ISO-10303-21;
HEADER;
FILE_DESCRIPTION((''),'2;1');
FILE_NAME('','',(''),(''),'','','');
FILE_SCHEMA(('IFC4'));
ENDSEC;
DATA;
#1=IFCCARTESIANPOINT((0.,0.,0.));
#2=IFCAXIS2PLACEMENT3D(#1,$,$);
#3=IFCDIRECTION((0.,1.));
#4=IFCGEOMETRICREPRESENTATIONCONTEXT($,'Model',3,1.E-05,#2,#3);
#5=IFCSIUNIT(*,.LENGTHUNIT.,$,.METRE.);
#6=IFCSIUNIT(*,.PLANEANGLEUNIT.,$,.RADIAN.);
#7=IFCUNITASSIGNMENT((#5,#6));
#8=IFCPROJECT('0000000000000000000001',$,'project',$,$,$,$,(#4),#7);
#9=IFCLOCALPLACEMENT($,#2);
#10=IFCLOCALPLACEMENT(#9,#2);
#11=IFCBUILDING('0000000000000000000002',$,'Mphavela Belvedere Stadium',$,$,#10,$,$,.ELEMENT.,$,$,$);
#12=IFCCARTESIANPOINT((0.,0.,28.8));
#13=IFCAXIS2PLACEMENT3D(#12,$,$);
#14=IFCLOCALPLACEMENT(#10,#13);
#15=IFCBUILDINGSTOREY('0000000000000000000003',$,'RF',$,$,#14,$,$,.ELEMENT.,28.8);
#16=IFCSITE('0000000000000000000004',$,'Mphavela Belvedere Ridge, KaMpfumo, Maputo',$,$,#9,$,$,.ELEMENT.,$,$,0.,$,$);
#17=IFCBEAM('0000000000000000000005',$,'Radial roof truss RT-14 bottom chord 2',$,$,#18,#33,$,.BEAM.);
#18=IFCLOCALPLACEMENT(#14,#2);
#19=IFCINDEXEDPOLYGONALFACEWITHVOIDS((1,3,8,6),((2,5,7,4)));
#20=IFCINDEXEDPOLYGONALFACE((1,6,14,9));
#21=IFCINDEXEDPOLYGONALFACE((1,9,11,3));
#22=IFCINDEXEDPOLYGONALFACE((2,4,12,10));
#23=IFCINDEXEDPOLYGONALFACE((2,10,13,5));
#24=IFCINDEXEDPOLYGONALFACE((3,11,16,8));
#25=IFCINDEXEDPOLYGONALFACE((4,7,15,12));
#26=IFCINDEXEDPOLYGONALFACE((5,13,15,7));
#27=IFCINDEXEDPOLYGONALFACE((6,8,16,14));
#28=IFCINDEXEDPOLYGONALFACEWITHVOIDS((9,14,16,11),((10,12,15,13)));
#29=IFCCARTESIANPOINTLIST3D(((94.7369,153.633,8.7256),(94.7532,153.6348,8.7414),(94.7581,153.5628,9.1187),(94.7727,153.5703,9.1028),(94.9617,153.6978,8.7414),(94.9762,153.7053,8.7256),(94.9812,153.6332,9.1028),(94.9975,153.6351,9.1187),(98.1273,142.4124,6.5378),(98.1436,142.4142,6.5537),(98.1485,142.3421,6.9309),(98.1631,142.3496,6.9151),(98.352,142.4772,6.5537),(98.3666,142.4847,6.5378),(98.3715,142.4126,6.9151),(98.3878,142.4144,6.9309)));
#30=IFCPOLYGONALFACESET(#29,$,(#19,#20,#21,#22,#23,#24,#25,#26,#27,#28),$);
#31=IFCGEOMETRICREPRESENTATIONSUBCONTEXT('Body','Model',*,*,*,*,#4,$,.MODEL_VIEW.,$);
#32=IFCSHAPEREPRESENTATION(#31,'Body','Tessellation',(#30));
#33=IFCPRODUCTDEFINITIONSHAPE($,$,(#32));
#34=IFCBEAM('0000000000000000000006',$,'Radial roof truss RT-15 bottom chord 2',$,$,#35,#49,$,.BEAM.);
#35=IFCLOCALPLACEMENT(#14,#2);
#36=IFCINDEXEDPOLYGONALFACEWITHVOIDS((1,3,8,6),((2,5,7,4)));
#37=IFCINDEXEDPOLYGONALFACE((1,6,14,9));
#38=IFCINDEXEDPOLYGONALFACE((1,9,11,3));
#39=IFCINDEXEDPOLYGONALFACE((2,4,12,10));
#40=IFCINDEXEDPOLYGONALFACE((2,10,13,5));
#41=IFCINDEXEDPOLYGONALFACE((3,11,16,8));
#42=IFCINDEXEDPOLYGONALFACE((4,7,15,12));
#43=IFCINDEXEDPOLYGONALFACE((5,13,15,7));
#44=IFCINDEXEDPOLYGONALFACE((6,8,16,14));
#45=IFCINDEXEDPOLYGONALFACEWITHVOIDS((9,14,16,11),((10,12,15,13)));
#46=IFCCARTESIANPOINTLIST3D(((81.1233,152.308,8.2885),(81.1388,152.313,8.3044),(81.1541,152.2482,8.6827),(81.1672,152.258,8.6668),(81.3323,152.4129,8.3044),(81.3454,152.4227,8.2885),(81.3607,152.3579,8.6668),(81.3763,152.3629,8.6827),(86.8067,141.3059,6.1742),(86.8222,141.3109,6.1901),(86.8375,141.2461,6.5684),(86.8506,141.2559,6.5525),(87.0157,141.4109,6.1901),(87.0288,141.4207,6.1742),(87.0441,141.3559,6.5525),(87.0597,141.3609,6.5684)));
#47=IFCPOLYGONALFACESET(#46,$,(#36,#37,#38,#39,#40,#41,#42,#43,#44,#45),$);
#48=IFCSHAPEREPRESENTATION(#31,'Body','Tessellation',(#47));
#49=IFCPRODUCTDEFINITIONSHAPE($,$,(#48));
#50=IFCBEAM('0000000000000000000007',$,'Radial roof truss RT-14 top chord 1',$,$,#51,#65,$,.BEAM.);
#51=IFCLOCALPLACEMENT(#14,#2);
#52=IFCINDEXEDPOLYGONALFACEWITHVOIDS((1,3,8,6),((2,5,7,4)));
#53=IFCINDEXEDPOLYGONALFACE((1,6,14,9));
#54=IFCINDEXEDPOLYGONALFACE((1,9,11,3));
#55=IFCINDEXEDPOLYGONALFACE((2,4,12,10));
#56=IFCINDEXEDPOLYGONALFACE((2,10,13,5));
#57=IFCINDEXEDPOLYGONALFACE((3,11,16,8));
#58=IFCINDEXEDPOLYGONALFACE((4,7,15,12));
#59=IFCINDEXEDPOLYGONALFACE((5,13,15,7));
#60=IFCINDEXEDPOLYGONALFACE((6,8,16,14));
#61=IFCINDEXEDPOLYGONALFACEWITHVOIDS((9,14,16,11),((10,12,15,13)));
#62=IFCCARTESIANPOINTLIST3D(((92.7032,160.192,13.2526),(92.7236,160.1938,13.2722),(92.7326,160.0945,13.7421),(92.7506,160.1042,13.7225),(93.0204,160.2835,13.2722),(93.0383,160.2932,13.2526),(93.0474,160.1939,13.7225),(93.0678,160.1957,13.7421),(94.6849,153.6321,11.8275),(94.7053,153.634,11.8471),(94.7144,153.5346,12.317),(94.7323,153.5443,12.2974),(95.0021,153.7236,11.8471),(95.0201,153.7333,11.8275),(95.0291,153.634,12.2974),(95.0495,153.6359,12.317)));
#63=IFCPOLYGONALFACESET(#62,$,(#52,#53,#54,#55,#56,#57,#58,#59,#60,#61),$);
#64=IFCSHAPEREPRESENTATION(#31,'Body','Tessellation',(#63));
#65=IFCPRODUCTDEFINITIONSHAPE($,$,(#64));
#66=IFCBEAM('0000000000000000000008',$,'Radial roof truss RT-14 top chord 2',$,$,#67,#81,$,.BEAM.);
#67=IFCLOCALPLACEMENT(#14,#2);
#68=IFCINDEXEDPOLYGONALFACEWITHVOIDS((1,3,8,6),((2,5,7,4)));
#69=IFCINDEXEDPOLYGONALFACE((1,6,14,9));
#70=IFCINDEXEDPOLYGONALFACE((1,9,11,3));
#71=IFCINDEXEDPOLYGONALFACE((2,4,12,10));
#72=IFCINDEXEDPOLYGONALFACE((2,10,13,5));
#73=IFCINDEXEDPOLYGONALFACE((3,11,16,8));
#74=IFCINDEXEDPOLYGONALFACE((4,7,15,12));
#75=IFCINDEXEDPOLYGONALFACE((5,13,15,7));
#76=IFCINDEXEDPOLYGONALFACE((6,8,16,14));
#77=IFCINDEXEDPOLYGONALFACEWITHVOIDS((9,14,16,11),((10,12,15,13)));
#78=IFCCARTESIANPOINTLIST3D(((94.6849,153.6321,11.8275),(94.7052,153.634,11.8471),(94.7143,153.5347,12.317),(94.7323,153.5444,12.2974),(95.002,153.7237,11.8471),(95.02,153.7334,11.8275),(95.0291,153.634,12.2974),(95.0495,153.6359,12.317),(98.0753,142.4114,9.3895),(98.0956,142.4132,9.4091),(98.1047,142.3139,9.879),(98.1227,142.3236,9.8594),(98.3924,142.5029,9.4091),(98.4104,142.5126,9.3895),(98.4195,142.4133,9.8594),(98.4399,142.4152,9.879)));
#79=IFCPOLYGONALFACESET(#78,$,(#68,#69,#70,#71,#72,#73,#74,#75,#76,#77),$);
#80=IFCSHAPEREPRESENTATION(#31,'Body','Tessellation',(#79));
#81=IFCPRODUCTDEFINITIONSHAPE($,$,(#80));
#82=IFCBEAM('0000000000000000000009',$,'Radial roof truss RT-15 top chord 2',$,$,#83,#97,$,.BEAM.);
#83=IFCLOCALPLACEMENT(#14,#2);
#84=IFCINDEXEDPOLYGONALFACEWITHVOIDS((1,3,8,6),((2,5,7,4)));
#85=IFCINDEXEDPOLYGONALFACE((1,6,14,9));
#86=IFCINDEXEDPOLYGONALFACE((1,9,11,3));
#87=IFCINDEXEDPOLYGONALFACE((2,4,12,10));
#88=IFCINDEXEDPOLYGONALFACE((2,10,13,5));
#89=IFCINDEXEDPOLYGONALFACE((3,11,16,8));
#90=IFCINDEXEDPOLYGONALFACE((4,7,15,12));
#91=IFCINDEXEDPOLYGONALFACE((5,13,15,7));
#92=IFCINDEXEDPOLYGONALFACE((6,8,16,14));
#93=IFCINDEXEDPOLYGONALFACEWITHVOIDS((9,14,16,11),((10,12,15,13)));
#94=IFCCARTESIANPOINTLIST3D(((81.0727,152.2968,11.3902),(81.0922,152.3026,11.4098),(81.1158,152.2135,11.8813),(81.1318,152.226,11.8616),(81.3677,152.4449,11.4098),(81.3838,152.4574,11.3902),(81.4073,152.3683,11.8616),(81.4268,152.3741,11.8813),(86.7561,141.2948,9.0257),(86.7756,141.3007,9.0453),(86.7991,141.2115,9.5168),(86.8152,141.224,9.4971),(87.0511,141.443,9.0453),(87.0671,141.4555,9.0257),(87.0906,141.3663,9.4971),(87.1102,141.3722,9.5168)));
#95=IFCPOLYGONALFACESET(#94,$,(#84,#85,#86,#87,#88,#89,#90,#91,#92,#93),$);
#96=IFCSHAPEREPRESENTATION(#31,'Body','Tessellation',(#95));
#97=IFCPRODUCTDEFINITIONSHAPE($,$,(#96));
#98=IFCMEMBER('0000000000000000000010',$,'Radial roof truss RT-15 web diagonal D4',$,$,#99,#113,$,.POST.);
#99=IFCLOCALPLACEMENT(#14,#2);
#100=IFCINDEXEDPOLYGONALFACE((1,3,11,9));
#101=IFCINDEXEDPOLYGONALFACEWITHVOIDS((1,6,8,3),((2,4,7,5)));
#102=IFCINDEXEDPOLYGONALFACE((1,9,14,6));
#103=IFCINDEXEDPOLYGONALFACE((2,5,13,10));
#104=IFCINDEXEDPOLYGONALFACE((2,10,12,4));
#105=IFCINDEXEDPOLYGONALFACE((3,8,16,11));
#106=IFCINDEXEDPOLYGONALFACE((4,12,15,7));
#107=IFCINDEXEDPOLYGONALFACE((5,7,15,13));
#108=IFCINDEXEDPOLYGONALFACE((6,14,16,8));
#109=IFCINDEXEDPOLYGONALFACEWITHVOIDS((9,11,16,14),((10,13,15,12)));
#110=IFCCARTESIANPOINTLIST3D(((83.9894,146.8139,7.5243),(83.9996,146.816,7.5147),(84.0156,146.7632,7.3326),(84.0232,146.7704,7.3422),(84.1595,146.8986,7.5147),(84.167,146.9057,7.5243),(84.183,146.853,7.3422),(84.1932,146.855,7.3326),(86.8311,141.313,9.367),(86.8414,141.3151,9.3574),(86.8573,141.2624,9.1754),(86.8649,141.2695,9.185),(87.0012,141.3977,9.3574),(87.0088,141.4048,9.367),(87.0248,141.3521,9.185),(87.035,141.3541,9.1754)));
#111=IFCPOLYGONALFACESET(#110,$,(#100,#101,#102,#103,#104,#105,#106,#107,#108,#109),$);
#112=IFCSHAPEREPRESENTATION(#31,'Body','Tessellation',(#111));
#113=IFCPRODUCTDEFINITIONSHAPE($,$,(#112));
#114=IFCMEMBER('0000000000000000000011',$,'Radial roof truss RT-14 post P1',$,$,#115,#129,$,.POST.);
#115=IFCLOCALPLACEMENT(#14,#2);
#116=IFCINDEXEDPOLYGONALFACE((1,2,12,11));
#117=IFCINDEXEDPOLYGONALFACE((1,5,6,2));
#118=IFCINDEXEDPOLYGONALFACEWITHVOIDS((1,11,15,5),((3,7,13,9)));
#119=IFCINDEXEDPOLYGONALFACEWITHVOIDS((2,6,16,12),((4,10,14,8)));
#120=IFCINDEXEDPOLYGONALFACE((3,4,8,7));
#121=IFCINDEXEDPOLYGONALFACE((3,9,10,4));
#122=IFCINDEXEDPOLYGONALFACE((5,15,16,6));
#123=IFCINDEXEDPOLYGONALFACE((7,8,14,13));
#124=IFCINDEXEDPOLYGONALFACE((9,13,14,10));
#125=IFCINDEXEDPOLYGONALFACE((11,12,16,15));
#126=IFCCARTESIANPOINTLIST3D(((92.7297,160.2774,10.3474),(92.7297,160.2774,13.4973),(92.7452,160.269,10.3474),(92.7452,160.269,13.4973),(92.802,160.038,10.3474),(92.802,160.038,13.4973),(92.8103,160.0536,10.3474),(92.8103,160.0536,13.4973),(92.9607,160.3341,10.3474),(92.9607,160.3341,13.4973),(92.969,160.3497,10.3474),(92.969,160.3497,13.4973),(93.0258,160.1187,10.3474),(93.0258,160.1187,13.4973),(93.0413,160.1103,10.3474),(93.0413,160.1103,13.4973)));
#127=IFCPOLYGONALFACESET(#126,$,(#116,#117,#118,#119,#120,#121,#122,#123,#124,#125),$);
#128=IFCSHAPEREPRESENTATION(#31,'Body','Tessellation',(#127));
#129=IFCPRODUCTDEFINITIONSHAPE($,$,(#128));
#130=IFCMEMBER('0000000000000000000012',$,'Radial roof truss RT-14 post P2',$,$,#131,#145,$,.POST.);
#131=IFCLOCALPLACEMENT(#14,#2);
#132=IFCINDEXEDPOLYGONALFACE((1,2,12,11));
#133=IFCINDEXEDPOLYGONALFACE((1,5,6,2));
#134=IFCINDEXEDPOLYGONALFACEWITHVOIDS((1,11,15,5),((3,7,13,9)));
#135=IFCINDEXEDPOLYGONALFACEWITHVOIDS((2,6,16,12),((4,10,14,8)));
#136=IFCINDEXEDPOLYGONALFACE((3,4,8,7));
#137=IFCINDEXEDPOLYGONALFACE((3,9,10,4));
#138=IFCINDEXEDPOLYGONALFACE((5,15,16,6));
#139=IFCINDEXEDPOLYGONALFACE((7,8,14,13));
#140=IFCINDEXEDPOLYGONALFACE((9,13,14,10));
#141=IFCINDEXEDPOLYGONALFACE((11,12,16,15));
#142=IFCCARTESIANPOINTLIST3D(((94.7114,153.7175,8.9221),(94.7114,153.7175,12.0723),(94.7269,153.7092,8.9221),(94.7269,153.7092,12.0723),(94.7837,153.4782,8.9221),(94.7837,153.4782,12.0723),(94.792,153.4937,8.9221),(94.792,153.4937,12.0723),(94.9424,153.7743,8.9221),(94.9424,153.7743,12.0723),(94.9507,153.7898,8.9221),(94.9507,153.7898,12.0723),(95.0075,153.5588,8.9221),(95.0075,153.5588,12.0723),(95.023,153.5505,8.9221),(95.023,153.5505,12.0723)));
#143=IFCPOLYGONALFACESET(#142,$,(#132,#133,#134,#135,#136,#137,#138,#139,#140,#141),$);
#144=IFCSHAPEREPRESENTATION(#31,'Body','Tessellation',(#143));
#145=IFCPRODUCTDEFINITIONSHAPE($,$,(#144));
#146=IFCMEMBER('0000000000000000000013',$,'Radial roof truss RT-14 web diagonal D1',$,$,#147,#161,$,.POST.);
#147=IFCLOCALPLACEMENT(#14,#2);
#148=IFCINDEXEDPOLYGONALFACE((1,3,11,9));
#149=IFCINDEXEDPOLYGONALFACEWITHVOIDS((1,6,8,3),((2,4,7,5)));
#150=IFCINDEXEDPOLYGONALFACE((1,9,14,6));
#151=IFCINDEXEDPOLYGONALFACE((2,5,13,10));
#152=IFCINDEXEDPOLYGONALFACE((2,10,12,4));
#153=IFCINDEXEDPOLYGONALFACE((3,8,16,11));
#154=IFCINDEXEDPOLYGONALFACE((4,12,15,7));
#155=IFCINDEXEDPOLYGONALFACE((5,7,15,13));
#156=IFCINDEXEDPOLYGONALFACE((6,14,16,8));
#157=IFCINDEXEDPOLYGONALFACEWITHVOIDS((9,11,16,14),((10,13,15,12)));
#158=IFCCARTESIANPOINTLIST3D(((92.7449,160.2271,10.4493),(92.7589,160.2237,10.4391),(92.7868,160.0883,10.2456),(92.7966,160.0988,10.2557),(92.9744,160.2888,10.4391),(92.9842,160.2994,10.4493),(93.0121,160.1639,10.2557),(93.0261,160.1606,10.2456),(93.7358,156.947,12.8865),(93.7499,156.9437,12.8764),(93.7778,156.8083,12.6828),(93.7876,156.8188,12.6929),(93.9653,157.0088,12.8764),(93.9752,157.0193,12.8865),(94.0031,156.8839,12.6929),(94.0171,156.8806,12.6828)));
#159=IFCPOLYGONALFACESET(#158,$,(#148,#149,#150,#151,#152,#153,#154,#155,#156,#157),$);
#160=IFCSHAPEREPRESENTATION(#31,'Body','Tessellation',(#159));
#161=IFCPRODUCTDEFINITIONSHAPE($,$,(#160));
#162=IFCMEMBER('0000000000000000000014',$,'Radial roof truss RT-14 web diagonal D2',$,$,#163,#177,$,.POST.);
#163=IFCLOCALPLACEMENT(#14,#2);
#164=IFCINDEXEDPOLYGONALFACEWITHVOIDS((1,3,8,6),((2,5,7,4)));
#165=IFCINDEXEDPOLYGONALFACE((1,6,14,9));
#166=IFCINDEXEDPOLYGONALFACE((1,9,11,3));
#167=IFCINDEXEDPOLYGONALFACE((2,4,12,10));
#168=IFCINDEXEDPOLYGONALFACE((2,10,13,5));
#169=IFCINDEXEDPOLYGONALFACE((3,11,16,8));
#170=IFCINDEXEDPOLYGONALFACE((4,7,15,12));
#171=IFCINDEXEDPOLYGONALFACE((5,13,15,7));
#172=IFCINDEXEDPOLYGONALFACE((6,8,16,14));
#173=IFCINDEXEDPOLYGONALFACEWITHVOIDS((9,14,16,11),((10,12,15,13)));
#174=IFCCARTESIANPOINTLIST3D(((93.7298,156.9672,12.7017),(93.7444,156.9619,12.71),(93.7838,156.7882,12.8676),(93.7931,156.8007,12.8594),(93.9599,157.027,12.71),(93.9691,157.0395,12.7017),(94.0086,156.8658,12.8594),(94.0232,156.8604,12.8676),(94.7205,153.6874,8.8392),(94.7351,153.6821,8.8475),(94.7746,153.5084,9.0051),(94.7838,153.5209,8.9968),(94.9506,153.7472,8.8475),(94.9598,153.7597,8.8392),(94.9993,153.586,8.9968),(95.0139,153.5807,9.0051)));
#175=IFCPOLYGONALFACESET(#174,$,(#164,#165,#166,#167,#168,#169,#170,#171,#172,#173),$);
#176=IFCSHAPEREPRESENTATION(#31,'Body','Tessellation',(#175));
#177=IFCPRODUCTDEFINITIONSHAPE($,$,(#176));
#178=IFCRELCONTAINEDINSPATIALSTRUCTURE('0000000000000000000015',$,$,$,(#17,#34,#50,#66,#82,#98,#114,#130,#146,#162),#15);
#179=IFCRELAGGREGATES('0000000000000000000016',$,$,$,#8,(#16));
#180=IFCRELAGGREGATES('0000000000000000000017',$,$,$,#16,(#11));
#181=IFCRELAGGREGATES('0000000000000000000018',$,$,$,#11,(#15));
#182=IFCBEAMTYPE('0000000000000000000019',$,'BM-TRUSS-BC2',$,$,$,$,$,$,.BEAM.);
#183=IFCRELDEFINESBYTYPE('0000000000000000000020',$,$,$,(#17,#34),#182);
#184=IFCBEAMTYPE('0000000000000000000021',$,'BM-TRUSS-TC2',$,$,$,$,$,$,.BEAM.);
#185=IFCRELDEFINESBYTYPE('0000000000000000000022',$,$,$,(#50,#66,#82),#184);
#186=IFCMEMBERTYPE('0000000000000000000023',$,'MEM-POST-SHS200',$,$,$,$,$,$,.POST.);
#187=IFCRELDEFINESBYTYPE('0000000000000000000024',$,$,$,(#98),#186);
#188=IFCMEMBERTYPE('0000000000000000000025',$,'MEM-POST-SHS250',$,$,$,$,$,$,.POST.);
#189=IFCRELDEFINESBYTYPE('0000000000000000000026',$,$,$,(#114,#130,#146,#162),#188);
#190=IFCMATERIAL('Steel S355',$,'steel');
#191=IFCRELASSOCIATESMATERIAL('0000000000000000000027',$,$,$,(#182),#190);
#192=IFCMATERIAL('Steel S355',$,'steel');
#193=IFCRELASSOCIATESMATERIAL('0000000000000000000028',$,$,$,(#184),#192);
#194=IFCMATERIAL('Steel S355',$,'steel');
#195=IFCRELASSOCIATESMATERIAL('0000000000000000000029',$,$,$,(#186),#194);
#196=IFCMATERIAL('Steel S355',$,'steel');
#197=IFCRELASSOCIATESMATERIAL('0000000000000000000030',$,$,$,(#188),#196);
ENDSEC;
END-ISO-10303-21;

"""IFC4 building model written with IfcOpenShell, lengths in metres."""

from ifc_helpers import new_model, si_unit, direction, frame, origin, origin_2d, place, context, subcontext, project, spatial, hollow_rectangle, extrude, material, material_profile, profile_set, type_object, element, save


model = new_model("IFC4")

# Units and contexts
model_context = context("Model", 3, precision=1e-05, world=origin(), true_north=direction((0.0, 1.0)))
body_context = subcontext(model_context, "Body", "Model", "MODEL_VIEW")
ifc_project = project(units=[si_unit("LENGTHUNIT", "METRE"), si_unit("PLANEANGLEUNIT", "RADIAN")], contexts=[model_context])

# Site, building, storey
site_placement = place(None, origin())
site = spatial("IfcSite", under=ifc_project, at=site_placement, Name="Mphavela Belvedere Ridge, KaMpfumo, Maputo", CompositionType="ELEMENT", RefElevation=0.0)
building_placement = place(site_placement, origin())
building = spatial("IfcBuilding", under=site, at=building_placement, Name="Mphavela Belvedere Stadium", CompositionType="ELEMENT")
storey_placement = place(building_placement, frame((0.0, 0.0, 28.8)))
storey = spatial("IfcBuildingStorey", under=building, at=storey_placement, Name="RF", CompositionType="ELEMENT", Elevation=28.8)

# Beams
ifc_material_1 = material(Name="Steel S355", Category="steel")
ifc_material_profile_1 = material_profile(ifc_material_1, hollow_rectangle(XDim=0.25, YDim=0.3999, WallThickness=0.0161, at=origin_2d()), Name="RHS 400x250x16")
ifc_profile_set_1 = profile_set([ifc_material_profile_1], Name="Steel S355")
beam_type_1 = type_object("IfcBeamType", Name="BM-TRUSS-BC2", PredefinedType="BEAM", material=ifc_profile_set_1)
beam_1_placement = place(storey_placement, frame((94.8672, 153.634, 8.9221), z_axis=(0.284329, -0.941007, -0.183472), x_axis=(0.957257, 0.289239, 0.0)))
element("IfcBeam", 1, at=beam_1_placement, inside=storey, type_object=beam_type_1, Name="Radial roof truss RT-14 bottom chord 2", PredefinedType="BEAM", context=body_context, shape_type="SweptSolid", body=[
    extrude(hollow_rectangle(XDim=0.25, YDim=0.3999, WallThickness=0.0161, at=origin_2d()), origin(), (0.0, 0.0, 1.0), 11.9241),
])
beam_2_placement = place(storey_placement, frame((81.2498, 152.3354, 8.4856), z_axis=(0.45241, -0.875785, -0.168301), x_axis=(0.888459, 0.458957, 0.0)))
element("IfcBeam", 2, at=beam_2_placement, inside=storey, type_object=beam_type_1, Name="Radial roof truss RT-15 bottom chord 2", PredefinedType="BEAM", context=body_context, shape_type="SweptSolid", body=[
    extrude(hollow_rectangle(XDim=0.25, YDim=0.3999, WallThickness=0.0161, at=origin_2d()), origin(), (0.0, 0.0, 1.0), 12.5625),
])
ifc_material_2 = material(Name="Steel S355", Category="steel")
ifc_material_profile_2 = material_profile(ifc_material_2, hollow_rectangle(XDim=0.3501, YDim=0.5, WallThickness=0.02, at=origin_2d()), Name="RHS 500x350x20")
ifc_profile_set_2 = profile_set([ifc_material_profile_2], Name="Steel S355")
beam_type_2 = type_object("IfcBeamType", Name="BM-TRUSS-TC2", PredefinedType="BEAM", material=ifc_profile_set_2)
beam_3_placement = place(storey_placement, frame((92.8855, 160.1938, 13.4973), z_axis=(0.28313, -0.937221, -0.203601), x_axis=(0.957272, 0.289188, 0.0)))
element("IfcBeam", 3, at=beam_3_placement, inside=storey, type_object=beam_type_2, Name="Radial roof truss RT-14 top chord 1", PredefinedType="BEAM", context=body_context, shape_type="SweptSolid", body=[
    extrude(hollow_rectangle(XDim=0.3501, YDim=0.5, WallThickness=0.02, at=origin_2d()), origin(), (0.0, 0.0, 1.0), 6.9993),
])
beam_4_placement = place(storey_placement, frame((94.8672, 153.634, 12.0723), z_axis=(0.283179, -0.9372, -0.203631), x_axis=(0.957257, 0.289239, 0.0)))
element("IfcBeam", 4, at=beam_4_placement, inside=storey, type_object=beam_type_2, Name="Radial roof truss RT-14 top chord 2", PredefinedType="BEAM", context=body_context, shape_type="SweptSolid", body=[
    extrude(hollow_rectangle(XDim=0.3501, YDim=0.5, WallThickness=0.02, at=origin_2d()), origin(), (0.0, 0.0, 1.0), 11.9727),
])
beam_5_placement = place(storey_placement, frame((81.2498, 152.3354, 11.6357), z_axis=(0.450812, -0.872692, -0.187556), x_axis=(0.888459, 0.458957, 0.0)))
element("IfcBeam", 5, at=beam_5_placement, inside=storey, type_object=beam_type_2, Name="Radial roof truss RT-15 top chord 2", PredefinedType="BEAM", context=body_context, shape_type="SweptSolid", body=[
    extrude(hollow_rectangle(XDim=0.3501, YDim=0.5, WallThickness=0.02, at=origin_2d()), origin(), (0.0, 0.0, 1.0), 12.6069),
])

# Members
ifc_material_3 = material(Name="Steel S355", Category="steel")
ifc_material_profile_3 = material_profile(ifc_material_3, hollow_rectangle(XDim=0.2, YDim=0.2, WallThickness=0.01, at=origin_2d()), Name="SHS 200x200x10")
ifc_profile_set_3 = profile_set([ifc_material_profile_3], Name="Steel S355")
member_type_1 = type_object("IfcMemberType", Name="MEM-POST-SHS200", PredefinedType="POST", material=ifc_profile_set_3)
member_1_placement = place(storey_placement, frame((84.0913, 146.8345, 7.4285), z_axis=(0.439903, -0.851537, 0.285256), x_axis=(0.888451, 0.458972, 0.0)))
element("IfcMember", 6, at=member_1_placement, inside=storey, type_object=member_type_1, Name="Radial roof truss RT-15 web diagonal D4", PredefinedType="POST", context=body_context, shape_type="SweptSolid", body=[
    extrude(hollow_rectangle(XDim=0.2, YDim=0.2, WallThickness=0.01, at=origin_2d()), origin(), (0.0, 0.0, 1.0), 6.46),
])
ifc_material_4 = material(Name="Steel S355", Category="steel")
ifc_material_profile_4 = material_profile(ifc_material_4, hollow_rectangle(XDim=0.25, YDim=0.25, WallThickness=0.0125, at=origin_2d()), Name="SHS 250x250x12.5")
ifc_profile_set_4 = profile_set([ifc_material_profile_4], Name="Steel S355")
member_type_2 = type_object("IfcMemberType", Name="MEM-POST-SHS250", PredefinedType="POST", material=ifc_profile_set_4)
member_2_placement = place(storey_placement, frame((92.8855, 160.1938, 10.3474), z_axis=(0.0, 0.0, 1.0), x_axis=(-0.289199, 0.957269, 0.0)))
element("IfcMember", 7, at=member_2_placement, inside=storey, type_object=member_type_2, Name="Radial roof truss RT-14 post P1", PredefinedType="POST", context=body_context, shape_type="SweptSolid", body=[
    extrude(hollow_rectangle(XDim=0.25, YDim=0.25, WallThickness=0.0125, at=origin_2d()), origin(), (0.0, 0.0, 1.0), 3.1499),
])
member_3_placement = place(storey_placement, frame((94.8672, 153.634, 8.9221), z_axis=(0.0, 0.0, 1.0), x_axis=(-0.289199, 0.957269, 0.0)))
element("IfcMember", 8, at=member_3_placement, inside=storey, type_object=member_type_2, Name="Radial roof truss RT-14 post P2", PredefinedType="POST", context=body_context, shape_type="SweptSolid", body=[
    extrude(hollow_rectangle(XDim=0.25, YDim=0.25, WallThickness=0.0125, at=origin_2d()), origin(), (0.0, 0.0, 1.0), 3.1501),
])
member_4_placement = place(storey_placement, frame((92.8855, 160.1938, 10.3474), z_axis=(0.235672, -0.780057, 0.579629), x_axis=(0.957266, 0.28921, 0.0)))
element("IfcMember", 9, at=member_4_placement, inside=storey, type_object=member_type_2, Name="Radial roof truss RT-14 web diagonal D1", PredefinedType="POST", context=body_context, shape_type="SweptSolid", body=[
    extrude(hollow_rectangle(XDim=0.25, YDim=0.25, WallThickness=0.0125, at=origin_2d()), origin(), (0.0, 0.0, 1.0), 4.2048),
])
member_5_placement = place(storey_placement, frame((93.8765, 156.9138, 12.7847), z_axis=(0.191885, -0.635233, -0.748104), x_axis=(0.957279, 0.289165, 0.0)))
element("IfcMember", 10, at=member_5_placement, inside=storey, type_object=member_type_2, Name="Radial roof truss RT-14 web diagonal D2", PredefinedType="POST", context=body_context, shape_type="SweptSolid", body=[
    extrude(hollow_rectangle(XDim=0.25, YDim=0.25, WallThickness=0.0125, at=origin_2d()), origin(), (0.0, 0.0, 1.0), 5.1631),
])

save(model, "model.ifc")
